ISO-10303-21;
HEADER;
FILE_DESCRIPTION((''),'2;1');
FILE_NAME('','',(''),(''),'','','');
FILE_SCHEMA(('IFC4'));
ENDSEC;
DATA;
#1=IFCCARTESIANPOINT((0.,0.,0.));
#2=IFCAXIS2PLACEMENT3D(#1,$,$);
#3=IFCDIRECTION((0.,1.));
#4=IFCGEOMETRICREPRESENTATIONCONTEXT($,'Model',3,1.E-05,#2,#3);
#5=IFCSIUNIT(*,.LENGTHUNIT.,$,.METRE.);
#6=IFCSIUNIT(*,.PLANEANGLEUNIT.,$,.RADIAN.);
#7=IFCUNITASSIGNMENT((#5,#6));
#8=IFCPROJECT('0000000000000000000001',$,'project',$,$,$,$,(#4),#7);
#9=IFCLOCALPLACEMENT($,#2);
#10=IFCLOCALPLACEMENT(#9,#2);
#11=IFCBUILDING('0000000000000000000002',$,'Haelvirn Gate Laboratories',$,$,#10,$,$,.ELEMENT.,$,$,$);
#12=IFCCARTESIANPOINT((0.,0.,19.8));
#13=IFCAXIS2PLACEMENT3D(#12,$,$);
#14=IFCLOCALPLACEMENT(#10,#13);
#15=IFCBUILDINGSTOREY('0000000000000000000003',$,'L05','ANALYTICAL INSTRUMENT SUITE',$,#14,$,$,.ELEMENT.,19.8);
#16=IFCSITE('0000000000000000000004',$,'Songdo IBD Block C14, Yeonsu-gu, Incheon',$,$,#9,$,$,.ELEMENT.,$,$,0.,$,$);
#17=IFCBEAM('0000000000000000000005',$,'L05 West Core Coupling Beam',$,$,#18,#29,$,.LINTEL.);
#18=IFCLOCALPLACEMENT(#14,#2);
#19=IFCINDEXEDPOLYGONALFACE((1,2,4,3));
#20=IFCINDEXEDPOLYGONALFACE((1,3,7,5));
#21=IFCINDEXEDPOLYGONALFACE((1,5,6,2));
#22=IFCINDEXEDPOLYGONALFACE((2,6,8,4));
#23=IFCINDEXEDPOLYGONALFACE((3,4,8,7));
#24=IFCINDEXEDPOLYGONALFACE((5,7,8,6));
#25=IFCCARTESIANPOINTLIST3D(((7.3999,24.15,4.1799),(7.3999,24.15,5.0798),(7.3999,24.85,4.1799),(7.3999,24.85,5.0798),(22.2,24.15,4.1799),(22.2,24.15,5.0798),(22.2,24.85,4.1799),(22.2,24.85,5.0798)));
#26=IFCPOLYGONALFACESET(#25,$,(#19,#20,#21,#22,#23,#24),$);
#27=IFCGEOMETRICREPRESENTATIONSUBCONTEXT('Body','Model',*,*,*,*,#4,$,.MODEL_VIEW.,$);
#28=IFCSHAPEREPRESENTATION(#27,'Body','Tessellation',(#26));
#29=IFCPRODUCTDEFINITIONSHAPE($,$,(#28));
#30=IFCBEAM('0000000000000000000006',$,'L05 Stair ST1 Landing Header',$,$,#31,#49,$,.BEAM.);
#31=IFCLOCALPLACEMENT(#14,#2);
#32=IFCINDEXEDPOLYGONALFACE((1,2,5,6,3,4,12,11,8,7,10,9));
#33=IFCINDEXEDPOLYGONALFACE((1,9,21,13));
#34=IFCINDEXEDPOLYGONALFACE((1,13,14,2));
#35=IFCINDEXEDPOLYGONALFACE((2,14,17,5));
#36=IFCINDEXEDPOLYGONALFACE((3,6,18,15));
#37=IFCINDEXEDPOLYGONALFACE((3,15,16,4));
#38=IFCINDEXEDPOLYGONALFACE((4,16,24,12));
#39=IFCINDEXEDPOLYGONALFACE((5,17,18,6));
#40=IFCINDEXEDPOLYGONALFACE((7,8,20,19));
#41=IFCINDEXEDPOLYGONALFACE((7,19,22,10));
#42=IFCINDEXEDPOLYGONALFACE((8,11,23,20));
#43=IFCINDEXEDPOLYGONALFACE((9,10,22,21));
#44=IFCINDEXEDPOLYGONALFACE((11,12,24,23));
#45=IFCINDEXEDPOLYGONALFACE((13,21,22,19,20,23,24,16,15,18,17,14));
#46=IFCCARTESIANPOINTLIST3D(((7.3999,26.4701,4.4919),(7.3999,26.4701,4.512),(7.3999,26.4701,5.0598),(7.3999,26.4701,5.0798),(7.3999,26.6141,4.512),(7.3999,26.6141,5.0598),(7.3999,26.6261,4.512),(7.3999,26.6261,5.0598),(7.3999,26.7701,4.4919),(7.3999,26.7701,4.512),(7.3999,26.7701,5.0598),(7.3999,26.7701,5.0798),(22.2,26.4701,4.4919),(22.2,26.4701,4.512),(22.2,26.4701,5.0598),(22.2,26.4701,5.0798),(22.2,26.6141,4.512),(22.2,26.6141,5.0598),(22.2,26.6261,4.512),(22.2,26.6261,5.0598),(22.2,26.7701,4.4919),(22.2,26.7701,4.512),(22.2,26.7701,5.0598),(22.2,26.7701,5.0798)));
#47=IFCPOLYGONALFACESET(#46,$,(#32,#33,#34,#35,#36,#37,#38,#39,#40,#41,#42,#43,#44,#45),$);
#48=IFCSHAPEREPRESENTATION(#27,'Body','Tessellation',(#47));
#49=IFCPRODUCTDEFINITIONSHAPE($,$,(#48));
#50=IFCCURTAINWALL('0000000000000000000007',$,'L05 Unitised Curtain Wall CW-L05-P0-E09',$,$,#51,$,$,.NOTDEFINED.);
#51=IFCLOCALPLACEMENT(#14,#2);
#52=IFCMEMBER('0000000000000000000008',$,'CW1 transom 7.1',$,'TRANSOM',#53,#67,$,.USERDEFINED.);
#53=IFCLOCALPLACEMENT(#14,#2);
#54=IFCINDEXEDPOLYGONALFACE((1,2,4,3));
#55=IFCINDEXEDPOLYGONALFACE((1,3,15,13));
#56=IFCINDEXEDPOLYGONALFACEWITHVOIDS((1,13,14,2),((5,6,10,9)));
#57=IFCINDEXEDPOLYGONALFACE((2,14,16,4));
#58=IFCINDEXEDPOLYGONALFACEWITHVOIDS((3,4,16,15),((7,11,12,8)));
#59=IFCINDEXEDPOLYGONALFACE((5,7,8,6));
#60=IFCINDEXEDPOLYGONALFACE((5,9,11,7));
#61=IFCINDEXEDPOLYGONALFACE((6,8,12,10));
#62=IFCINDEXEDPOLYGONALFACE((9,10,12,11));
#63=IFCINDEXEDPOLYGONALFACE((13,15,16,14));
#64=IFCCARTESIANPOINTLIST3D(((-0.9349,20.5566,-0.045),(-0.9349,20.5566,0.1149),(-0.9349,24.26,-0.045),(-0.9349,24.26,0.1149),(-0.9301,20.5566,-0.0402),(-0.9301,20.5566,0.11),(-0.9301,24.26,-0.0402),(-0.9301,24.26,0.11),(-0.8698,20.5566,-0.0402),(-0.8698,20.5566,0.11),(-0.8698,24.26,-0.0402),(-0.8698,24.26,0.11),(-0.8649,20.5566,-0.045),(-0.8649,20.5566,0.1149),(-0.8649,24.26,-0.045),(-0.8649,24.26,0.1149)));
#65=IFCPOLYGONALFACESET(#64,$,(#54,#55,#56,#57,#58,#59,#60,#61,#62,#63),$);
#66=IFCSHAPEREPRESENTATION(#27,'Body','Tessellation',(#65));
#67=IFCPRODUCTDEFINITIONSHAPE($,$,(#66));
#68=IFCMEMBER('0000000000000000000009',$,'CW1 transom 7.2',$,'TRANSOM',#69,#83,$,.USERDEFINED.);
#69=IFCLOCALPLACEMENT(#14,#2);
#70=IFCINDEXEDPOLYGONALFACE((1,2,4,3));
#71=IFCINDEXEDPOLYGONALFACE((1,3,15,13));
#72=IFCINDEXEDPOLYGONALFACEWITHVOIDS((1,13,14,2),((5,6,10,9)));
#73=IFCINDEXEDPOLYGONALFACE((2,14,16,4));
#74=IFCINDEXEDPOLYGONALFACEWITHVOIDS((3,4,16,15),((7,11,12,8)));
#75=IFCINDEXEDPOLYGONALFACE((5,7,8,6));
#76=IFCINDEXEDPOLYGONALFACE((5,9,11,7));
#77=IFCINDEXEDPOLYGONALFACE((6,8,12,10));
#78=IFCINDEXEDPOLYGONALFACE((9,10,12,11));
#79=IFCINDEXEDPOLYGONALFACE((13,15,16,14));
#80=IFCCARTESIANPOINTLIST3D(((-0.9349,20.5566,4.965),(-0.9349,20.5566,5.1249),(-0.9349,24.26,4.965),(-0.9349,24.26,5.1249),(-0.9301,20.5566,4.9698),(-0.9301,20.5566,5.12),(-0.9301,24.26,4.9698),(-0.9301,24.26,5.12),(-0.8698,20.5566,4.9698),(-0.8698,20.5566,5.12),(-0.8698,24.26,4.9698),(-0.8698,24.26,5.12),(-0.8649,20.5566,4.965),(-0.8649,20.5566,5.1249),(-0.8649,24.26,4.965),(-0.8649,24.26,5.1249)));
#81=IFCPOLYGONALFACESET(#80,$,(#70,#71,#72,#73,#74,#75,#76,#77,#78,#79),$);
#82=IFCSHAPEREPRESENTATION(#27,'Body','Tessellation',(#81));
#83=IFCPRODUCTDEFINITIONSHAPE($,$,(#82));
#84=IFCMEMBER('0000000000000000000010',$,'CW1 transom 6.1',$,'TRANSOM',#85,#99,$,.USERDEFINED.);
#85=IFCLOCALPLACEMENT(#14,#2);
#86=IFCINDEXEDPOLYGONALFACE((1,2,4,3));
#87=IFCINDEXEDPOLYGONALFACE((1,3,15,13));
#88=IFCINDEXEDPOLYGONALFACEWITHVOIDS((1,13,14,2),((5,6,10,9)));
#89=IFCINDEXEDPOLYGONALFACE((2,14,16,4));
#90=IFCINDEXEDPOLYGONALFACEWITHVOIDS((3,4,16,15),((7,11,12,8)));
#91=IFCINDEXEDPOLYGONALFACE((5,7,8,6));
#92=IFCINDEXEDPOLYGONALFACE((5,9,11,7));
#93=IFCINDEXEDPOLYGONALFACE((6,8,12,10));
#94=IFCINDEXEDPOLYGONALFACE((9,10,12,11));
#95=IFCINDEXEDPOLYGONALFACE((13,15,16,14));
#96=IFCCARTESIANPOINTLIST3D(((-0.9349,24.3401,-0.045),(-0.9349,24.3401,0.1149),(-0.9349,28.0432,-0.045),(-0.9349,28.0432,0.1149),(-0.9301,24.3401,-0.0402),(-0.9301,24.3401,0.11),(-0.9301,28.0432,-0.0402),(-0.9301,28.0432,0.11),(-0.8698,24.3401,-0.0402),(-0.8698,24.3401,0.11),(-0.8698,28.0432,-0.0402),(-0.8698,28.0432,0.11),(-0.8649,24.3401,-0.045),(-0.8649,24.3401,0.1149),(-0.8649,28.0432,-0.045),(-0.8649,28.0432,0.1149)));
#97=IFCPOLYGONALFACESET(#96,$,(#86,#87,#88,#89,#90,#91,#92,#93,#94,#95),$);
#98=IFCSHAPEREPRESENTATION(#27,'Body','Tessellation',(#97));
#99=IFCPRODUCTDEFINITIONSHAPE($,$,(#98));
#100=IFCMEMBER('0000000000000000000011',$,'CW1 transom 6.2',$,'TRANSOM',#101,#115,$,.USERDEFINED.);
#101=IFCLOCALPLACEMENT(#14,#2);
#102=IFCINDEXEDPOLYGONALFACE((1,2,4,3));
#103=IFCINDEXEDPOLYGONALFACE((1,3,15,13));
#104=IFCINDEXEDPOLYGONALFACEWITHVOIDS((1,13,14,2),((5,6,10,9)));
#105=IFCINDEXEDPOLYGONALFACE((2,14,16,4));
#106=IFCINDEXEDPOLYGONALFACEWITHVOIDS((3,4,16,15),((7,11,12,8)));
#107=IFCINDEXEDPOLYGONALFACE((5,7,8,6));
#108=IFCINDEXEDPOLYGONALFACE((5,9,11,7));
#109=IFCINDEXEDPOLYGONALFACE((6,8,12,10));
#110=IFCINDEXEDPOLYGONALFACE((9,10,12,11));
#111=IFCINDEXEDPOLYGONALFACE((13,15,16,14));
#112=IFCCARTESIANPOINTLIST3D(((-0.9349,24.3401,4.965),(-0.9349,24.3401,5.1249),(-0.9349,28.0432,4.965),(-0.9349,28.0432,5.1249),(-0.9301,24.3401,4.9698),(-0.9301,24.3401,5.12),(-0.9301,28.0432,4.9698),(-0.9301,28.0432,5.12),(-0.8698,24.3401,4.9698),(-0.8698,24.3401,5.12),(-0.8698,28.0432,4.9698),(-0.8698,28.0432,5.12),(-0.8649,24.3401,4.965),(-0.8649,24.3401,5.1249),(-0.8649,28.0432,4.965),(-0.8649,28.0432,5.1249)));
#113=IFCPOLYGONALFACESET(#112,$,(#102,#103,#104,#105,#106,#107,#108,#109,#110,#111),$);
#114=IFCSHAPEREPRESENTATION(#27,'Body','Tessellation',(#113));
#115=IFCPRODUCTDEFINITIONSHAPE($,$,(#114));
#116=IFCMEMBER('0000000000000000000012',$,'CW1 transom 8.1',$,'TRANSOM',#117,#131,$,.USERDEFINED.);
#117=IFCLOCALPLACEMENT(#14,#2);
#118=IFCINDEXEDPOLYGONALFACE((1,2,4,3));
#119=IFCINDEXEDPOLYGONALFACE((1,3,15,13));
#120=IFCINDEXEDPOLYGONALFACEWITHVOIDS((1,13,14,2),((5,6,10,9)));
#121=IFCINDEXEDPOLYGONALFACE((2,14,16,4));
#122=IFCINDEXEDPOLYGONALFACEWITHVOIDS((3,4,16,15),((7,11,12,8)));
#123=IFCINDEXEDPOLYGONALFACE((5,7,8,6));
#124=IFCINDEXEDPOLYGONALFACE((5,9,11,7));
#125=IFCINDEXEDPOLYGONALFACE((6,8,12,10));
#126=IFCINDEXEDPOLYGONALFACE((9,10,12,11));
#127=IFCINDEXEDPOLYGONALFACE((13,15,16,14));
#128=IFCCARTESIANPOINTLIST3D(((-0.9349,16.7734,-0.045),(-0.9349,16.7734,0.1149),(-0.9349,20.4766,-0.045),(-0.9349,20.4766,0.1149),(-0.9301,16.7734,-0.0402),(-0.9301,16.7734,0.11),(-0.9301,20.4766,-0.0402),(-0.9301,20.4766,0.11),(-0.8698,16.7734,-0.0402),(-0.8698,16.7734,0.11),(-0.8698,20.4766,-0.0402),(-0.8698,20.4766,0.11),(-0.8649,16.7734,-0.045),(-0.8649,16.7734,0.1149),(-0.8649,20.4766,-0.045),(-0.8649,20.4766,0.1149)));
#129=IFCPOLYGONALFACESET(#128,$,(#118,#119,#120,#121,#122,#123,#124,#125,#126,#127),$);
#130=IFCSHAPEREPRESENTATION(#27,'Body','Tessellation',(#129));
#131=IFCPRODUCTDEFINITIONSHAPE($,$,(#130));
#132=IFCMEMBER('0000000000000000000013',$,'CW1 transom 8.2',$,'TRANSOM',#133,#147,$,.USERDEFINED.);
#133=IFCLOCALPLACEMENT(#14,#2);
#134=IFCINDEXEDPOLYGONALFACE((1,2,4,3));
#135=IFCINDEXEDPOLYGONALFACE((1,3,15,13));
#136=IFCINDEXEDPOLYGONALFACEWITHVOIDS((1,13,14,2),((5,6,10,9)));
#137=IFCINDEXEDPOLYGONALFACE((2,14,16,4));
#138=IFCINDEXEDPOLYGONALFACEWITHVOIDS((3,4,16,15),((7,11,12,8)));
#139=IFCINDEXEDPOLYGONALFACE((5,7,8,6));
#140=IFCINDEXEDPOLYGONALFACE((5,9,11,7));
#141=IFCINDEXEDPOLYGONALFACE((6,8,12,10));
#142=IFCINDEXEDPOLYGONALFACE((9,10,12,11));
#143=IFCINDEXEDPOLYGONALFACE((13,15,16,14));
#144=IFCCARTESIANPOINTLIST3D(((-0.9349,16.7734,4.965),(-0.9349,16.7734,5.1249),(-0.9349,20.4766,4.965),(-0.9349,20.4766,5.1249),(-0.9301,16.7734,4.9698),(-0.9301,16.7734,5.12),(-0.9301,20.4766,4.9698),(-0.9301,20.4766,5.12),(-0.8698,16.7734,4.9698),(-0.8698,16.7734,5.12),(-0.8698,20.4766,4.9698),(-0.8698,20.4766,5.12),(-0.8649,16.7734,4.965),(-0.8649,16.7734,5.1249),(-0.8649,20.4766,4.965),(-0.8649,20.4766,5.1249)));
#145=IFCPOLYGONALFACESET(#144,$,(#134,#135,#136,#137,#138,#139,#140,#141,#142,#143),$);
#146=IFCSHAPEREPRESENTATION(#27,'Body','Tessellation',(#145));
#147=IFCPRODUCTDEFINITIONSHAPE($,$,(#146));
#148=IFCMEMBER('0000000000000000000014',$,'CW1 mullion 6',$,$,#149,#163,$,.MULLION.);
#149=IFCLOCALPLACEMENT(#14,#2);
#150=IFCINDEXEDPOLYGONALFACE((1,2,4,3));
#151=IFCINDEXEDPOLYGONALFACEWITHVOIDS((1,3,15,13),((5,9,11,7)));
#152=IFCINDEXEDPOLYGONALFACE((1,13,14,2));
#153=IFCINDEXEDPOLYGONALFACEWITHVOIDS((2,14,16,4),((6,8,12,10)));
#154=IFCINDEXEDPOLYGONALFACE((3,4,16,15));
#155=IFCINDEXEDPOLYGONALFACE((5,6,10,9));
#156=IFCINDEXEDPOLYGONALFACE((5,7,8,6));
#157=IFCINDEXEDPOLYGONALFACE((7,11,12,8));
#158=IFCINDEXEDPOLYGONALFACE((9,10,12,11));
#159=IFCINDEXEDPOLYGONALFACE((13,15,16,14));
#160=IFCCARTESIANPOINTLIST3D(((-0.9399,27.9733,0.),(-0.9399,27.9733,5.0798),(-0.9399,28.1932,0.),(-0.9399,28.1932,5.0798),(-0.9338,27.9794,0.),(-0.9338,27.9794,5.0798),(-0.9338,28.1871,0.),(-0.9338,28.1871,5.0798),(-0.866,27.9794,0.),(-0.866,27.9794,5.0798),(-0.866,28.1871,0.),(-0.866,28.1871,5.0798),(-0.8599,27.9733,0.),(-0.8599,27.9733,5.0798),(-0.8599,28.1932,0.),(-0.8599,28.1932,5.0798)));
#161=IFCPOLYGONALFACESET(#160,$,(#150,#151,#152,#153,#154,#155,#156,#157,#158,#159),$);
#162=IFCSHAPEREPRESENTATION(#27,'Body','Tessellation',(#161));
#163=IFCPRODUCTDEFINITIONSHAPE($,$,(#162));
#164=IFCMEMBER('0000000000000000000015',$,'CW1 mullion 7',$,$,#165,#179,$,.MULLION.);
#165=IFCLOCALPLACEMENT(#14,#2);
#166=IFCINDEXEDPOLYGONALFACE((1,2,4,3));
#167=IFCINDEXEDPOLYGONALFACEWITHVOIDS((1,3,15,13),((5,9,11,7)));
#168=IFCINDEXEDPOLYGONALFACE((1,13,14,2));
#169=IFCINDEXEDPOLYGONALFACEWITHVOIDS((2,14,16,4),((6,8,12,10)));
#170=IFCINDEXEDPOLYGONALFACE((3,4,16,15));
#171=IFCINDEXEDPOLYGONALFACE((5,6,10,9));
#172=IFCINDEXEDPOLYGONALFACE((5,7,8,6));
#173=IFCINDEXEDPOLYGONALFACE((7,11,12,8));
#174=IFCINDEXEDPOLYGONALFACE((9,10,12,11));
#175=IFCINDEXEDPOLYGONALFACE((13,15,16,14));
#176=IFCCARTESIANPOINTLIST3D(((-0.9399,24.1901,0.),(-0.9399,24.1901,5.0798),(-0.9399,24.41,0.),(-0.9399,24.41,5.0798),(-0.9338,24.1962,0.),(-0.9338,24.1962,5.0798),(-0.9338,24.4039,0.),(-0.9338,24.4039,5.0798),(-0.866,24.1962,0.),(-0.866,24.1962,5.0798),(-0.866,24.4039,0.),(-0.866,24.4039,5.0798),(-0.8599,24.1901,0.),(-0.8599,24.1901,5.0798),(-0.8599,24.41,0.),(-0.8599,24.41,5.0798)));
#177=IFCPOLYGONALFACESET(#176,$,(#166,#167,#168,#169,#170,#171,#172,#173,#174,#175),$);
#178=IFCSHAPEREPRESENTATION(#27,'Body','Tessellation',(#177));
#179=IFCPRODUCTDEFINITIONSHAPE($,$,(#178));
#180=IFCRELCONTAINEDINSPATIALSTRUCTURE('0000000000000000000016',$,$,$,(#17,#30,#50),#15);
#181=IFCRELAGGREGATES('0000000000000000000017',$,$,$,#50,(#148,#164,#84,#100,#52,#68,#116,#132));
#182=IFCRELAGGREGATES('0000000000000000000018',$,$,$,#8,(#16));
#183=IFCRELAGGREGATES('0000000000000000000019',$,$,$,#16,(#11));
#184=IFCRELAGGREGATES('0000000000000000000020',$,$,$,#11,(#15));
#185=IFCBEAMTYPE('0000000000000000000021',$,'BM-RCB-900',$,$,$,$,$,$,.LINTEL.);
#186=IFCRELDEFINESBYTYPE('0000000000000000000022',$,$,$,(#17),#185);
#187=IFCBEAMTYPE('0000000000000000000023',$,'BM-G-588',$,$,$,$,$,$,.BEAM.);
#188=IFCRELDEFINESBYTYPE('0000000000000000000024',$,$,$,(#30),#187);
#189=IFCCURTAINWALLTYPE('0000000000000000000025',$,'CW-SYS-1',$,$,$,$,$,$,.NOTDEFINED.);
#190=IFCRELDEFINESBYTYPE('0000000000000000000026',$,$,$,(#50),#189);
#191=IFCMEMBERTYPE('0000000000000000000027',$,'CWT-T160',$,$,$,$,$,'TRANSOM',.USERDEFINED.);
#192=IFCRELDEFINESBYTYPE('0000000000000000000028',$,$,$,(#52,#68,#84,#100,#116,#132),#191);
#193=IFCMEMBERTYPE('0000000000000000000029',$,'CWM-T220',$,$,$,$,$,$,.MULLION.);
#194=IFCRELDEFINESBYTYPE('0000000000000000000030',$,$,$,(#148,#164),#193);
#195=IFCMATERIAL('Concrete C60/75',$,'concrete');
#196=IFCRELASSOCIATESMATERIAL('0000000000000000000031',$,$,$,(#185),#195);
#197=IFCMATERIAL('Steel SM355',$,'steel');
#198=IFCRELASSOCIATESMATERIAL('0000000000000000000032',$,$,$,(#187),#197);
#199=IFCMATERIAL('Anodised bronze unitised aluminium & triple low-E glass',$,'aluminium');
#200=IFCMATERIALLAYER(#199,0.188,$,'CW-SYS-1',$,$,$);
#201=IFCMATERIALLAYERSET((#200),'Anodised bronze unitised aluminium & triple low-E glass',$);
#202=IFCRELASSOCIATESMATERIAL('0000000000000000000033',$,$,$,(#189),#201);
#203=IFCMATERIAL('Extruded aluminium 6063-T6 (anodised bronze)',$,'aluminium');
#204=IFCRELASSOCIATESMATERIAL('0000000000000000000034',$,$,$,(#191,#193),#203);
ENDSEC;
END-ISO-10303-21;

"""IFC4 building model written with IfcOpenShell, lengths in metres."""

from ifc_helpers import new_model, si_unit, direction, frame, origin, origin_2d, place, context, subcontext, project, spatial, rectangle, hollow_rectangle, i_section, extrude, source, transform, mapped, material, layer, layer_set, material_profile, profile_set, type_object, type_shapes, element, aggregate, save


model = new_model("IFC4")

# Units and contexts
model_context = context("Model", 3, precision=1e-05, world=origin(), true_north=direction((0.0, 1.0)))
body_context = subcontext(model_context, "Body", "Model", "MODEL_VIEW")
ifc_project = project(units=[si_unit("LENGTHUNIT", "METRE"), si_unit("PLANEANGLEUNIT", "RADIAN")], contexts=[model_context])

# Site, building, storey
site_placement = place(None, origin())
site = spatial("IfcSite", under=ifc_project, at=site_placement, Name="Songdo IBD Block C14, Yeonsu-gu, Incheon", CompositionType="ELEMENT", RefElevation=0.0)
building_placement = place(site_placement, origin())
building = spatial("IfcBuilding", under=site, at=building_placement, Name="Haelvirn Gate Laboratories", CompositionType="ELEMENT")
storey_placement = place(building_placement, frame((0.0, 0.0, 19.8)))
storey = spatial("IfcBuildingStorey", under=building, at=storey_placement, Name="L05", Description="ANALYTICAL INSTRUMENT SUITE", CompositionType="ELEMENT", Elevation=19.8)

# Beams
ifc_material_1 = material(Name="Concrete C60/75", Category="concrete")
ifc_material_profile_1 = material_profile(ifc_material_1, rectangle(XDim=0.7, YDim=0.8999, at=origin_2d()), Name="RCB-700x900")
ifc_profile_set_1 = profile_set([ifc_material_profile_1], Name="Concrete C60/75")
beam_type_1 = type_object("IfcBeamType", Name="BM-RCB-900", PredefinedType="LINTEL", material=ifc_profile_set_1)
shared_shape_1 = source(origin(), body_context, "Body", "SweptSolid", [
    extrude(rectangle(XDim=0.7, YDim=0.8999, at=origin_2d()), origin(), (0.0, 0.0, 1.0), 14.8),
])
type_shapes(beam_type_1, [shared_shape_1])
beam_1_placement = place(storey_placement, frame((7.3999, 24.5, 4.6299), z_axis=(1.0, 0.0, 0.0), x_axis=(0.0, 1.0, 0.0)))
element("IfcBeam", 1, at=beam_1_placement, inside=storey, type_object=beam_type_1, Name="L05 West Core Coupling Beam", PredefinedType="LINTEL", context=body_context, shape_type="MappedRepresentation", body=[
    mapped(shared_shape_1, transform((0.0, 0.0, 0.0), scale=1.0)),
])
ifc_material_2 = material(Name="Steel SM355", Category="steel")
ifc_material_profile_2 = material_profile(ifc_material_2, i_section(OverallWidth=0.3, OverallDepth=0.5879, WebThickness=0.012, FlangeThickness=0.02, at=origin_2d()), Name="H-588x300x12x20")
ifc_profile_set_2 = profile_set([ifc_material_profile_2], Name="Steel SM355")
beam_type_2 = type_object("IfcBeamType", Name="BM-G-588", PredefinedType="BEAM", material=ifc_profile_set_2)
shared_shape_2 = source(origin(), body_context, "Body", "SweptSolid", [
    extrude(i_section(OverallWidth=0.3, OverallDepth=0.5879, WebThickness=0.012, FlangeThickness=0.02, at=origin_2d()), origin(), (0.0, 0.0, 1.0), 14.8),
])
type_shapes(beam_type_2, [shared_shape_2])
beam_2_placement = place(storey_placement, frame((7.3999, 26.6201, 4.7859), z_axis=(1.0, 0.0, 0.0), x_axis=(0.0, 1.0, 0.0)))
element("IfcBeam", 2, at=beam_2_placement, inside=storey, type_object=beam_type_2, Name="L05 Stair ST1 Landing Header", PredefinedType="BEAM", context=body_context, shape_type="MappedRepresentation", body=[
    mapped(shared_shape_2, transform((0.0, 0.0, 0.0), scale=1.0)),
])

# Curtain wall, members
ifc_material_3 = material(Name="Anodised bronze unitised aluminium & triple low-E glass", Category="aluminium")
ifc_layer_1 = layer(ifc_material_3, 0.188, Name="CW-SYS-1")
ifc_layer_set_1 = layer_set([ifc_layer_1], Name="Anodised bronze unitised aluminium & triple low-E glass")
curtain_wall_type = type_object("IfcCurtainWallType", Name="CW-SYS-1", PredefinedType="NOTDEFINED", material=ifc_layer_set_1)
curtain_wall_placement = place(storey_placement, origin())
curtain_wall = element("IfcCurtainWall", 3, at=curtain_wall_placement, inside=storey, type_object=curtain_wall_type, Name="L05 Unitised Curtain Wall CW-L05-P0-E09", PredefinedType="NOTDEFINED")
ifc_material_4 = material(Name="Extruded aluminium 6063-T6 (anodised bronze)", Category="aluminium")
ifc_material_profile_3 = material_profile(ifc_material_4, hollow_rectangle(XDim=0.0701, YDim=0.1599, WallThickness=0.0049, at=origin_2d()), Name="CWT-160x70x5")
ifc_profile_set_3 = profile_set([ifc_material_profile_3], Name="Extruded aluminium 6063-T6 (anodised bronze)")
member_type_1 = type_object("IfcMemberType", Name="CWT-T160", ElementType="TRANSOM", PredefinedType="USERDEFINED", material=ifc_profile_set_3)
shared_shape_3 = source(origin(), body_context, "Body", "SweptSolid", [
    extrude(hollow_rectangle(XDim=0.0701, YDim=0.1599, WallThickness=0.0049, at=origin_2d()), origin(), (0.0, 0.0, 1.0), 3.7034),
])
member_1_placement = place(storey_placement, frame((-0.8999, 24.26, 0.0349), z_axis=(0.0, -1.0, 0.0), x_axis=(1.0, 0.0, 0.0)))
member_1 = element("IfcMember", 4, at=member_1_placement, type_object=member_type_1, Name="CW1 transom 7.1", ObjectType="TRANSOM", PredefinedType="USERDEFINED", context=body_context, shape_type="MappedRepresentation", body=[
    mapped(shared_shape_3, transform((0.0, 0.0, 0.0), scale=1.0)),
])
member_2_placement = place(storey_placement, frame((-0.8999, 24.26, 5.0449), z_axis=(0.0, -1.0, 0.0), x_axis=(1.0, 0.0, 0.0)))
member_2 = element("IfcMember", 5, at=member_2_placement, type_object=member_type_1, Name="CW1 transom 7.2", ObjectType="TRANSOM", PredefinedType="USERDEFINED", context=body_context, shape_type="MappedRepresentation", body=[
    mapped(shared_shape_3, transform((0.0, 0.0, 0.0), scale=1.0)),
])
shared_shape_4 = source(origin(), body_context, "Body", "SweptSolid", [
    extrude(hollow_rectangle(XDim=0.0701, YDim=0.1599, WallThickness=0.0049, at=origin_2d()), origin(), (0.0, 0.0, 1.0), 3.7031),
])
type_shapes(member_type_1, [shared_shape_3, shared_shape_4])
member_3_placement = place(storey_placement, frame((-0.8999, 28.0432, 0.0349), z_axis=(0.0, -1.0, 0.0), x_axis=(1.0, 0.0, 0.0)))
member_3 = element("IfcMember", 6, at=member_3_placement, type_object=member_type_1, Name="CW1 transom 6.1", ObjectType="TRANSOM", PredefinedType="USERDEFINED", context=body_context, shape_type="MappedRepresentation", body=[
    mapped(shared_shape_4, transform((0.0, 0.0, 0.0), scale=1.0)),
])
member_4_placement = place(storey_placement, frame((-0.8999, 28.0432, 5.0449), z_axis=(0.0, -1.0, 0.0), x_axis=(1.0, 0.0, 0.0)))
member_4 = element("IfcMember", 7, at=member_4_placement, type_object=member_type_1, Name="CW1 transom 6.2", ObjectType="TRANSOM", PredefinedType="USERDEFINED", context=body_context, shape_type="MappedRepresentation", body=[
    mapped(shared_shape_4, transform((0.0, 0.0, 0.0), scale=1.0)),
])
member_5_placement = place(storey_placement, frame((-0.8999, 20.4766, 0.0349), z_axis=(0.0, -1.0, 0.0), x_axis=(1.0, 0.0, 0.0)))
member_5 = element("IfcMember", 8, at=member_5_placement, type_object=member_type_1, Name="CW1 transom 8.1", ObjectType="TRANSOM", PredefinedType="USERDEFINED", context=body_context, shape_type="MappedRepresentation", body=[
    mapped(shared_shape_4, transform((0.0, 0.0, 0.0), scale=1.0)),
])
member_6_placement = place(storey_placement, frame((-0.8999, 20.4766, 5.0449), z_axis=(0.0, -1.0, 0.0), x_axis=(1.0, 0.0, 0.0)))
member_6 = element("IfcMember", 9, at=member_6_placement, type_object=member_type_1, Name="CW1 transom 8.2", ObjectType="TRANSOM", PredefinedType="USERDEFINED", context=body_context, shape_type="MappedRepresentation", body=[
    mapped(shared_shape_4, transform((0.0, 0.0, 0.0), scale=1.0)),
])
ifc_material_profile_4 = material_profile(ifc_material_4, hollow_rectangle(XDim=0.0801, YDim=0.22, WallThickness=0.0061, at=origin_2d()), Name="CWM-220x80x6")
ifc_profile_set_4 = profile_set([ifc_material_profile_4], Name="Extruded aluminium 6063-T6 (anodised bronze)")
member_type_2 = type_object("IfcMemberType", Name="CWM-T220", PredefinedType="MULLION", material=ifc_profile_set_4)
shared_shape_5 = source(origin(), body_context, "Body", "SweptSolid", [
    extrude(hollow_rectangle(XDim=0.0801, YDim=0.22, WallThickness=0.0061, at=origin_2d()), origin(), (0.0, 0.0, 1.0), 5.0798),
])
type_shapes(member_type_2, [shared_shape_5])
member_7_placement = place(storey_placement, frame((-0.8999, 28.0833, 0.0), z_axis=(0.0, 0.0, 1.0), x_axis=(1.0, 0.0, 0.0)))
member_7 = element("IfcMember", 10, at=member_7_placement, type_object=member_type_2, Name="CW1 mullion 6", PredefinedType="MULLION", context=body_context, shape_type="MappedRepresentation", body=[
    mapped(shared_shape_5, transform((0.0, 0.0, 0.0), scale=1.0)),
])
member_8_placement = place(storey_placement, frame((-0.8999, 24.3, 0.0), z_axis=(0.0, 0.0, 1.0), x_axis=(1.0, 0.0, 0.0)))
member_8 = element("IfcMember", 11, at=member_8_placement, type_object=member_type_2, Name="CW1 mullion 7", PredefinedType="MULLION", context=body_context, shape_type="MappedRepresentation", body=[
    mapped(shared_shape_5, transform((0.0, 0.0, 0.0), scale=1.0)),
])
aggregate(curtain_wall, [member_7, member_8, member_3, member_4, member_1, member_2, member_5, member_6])

save(model, "model.ifc")
